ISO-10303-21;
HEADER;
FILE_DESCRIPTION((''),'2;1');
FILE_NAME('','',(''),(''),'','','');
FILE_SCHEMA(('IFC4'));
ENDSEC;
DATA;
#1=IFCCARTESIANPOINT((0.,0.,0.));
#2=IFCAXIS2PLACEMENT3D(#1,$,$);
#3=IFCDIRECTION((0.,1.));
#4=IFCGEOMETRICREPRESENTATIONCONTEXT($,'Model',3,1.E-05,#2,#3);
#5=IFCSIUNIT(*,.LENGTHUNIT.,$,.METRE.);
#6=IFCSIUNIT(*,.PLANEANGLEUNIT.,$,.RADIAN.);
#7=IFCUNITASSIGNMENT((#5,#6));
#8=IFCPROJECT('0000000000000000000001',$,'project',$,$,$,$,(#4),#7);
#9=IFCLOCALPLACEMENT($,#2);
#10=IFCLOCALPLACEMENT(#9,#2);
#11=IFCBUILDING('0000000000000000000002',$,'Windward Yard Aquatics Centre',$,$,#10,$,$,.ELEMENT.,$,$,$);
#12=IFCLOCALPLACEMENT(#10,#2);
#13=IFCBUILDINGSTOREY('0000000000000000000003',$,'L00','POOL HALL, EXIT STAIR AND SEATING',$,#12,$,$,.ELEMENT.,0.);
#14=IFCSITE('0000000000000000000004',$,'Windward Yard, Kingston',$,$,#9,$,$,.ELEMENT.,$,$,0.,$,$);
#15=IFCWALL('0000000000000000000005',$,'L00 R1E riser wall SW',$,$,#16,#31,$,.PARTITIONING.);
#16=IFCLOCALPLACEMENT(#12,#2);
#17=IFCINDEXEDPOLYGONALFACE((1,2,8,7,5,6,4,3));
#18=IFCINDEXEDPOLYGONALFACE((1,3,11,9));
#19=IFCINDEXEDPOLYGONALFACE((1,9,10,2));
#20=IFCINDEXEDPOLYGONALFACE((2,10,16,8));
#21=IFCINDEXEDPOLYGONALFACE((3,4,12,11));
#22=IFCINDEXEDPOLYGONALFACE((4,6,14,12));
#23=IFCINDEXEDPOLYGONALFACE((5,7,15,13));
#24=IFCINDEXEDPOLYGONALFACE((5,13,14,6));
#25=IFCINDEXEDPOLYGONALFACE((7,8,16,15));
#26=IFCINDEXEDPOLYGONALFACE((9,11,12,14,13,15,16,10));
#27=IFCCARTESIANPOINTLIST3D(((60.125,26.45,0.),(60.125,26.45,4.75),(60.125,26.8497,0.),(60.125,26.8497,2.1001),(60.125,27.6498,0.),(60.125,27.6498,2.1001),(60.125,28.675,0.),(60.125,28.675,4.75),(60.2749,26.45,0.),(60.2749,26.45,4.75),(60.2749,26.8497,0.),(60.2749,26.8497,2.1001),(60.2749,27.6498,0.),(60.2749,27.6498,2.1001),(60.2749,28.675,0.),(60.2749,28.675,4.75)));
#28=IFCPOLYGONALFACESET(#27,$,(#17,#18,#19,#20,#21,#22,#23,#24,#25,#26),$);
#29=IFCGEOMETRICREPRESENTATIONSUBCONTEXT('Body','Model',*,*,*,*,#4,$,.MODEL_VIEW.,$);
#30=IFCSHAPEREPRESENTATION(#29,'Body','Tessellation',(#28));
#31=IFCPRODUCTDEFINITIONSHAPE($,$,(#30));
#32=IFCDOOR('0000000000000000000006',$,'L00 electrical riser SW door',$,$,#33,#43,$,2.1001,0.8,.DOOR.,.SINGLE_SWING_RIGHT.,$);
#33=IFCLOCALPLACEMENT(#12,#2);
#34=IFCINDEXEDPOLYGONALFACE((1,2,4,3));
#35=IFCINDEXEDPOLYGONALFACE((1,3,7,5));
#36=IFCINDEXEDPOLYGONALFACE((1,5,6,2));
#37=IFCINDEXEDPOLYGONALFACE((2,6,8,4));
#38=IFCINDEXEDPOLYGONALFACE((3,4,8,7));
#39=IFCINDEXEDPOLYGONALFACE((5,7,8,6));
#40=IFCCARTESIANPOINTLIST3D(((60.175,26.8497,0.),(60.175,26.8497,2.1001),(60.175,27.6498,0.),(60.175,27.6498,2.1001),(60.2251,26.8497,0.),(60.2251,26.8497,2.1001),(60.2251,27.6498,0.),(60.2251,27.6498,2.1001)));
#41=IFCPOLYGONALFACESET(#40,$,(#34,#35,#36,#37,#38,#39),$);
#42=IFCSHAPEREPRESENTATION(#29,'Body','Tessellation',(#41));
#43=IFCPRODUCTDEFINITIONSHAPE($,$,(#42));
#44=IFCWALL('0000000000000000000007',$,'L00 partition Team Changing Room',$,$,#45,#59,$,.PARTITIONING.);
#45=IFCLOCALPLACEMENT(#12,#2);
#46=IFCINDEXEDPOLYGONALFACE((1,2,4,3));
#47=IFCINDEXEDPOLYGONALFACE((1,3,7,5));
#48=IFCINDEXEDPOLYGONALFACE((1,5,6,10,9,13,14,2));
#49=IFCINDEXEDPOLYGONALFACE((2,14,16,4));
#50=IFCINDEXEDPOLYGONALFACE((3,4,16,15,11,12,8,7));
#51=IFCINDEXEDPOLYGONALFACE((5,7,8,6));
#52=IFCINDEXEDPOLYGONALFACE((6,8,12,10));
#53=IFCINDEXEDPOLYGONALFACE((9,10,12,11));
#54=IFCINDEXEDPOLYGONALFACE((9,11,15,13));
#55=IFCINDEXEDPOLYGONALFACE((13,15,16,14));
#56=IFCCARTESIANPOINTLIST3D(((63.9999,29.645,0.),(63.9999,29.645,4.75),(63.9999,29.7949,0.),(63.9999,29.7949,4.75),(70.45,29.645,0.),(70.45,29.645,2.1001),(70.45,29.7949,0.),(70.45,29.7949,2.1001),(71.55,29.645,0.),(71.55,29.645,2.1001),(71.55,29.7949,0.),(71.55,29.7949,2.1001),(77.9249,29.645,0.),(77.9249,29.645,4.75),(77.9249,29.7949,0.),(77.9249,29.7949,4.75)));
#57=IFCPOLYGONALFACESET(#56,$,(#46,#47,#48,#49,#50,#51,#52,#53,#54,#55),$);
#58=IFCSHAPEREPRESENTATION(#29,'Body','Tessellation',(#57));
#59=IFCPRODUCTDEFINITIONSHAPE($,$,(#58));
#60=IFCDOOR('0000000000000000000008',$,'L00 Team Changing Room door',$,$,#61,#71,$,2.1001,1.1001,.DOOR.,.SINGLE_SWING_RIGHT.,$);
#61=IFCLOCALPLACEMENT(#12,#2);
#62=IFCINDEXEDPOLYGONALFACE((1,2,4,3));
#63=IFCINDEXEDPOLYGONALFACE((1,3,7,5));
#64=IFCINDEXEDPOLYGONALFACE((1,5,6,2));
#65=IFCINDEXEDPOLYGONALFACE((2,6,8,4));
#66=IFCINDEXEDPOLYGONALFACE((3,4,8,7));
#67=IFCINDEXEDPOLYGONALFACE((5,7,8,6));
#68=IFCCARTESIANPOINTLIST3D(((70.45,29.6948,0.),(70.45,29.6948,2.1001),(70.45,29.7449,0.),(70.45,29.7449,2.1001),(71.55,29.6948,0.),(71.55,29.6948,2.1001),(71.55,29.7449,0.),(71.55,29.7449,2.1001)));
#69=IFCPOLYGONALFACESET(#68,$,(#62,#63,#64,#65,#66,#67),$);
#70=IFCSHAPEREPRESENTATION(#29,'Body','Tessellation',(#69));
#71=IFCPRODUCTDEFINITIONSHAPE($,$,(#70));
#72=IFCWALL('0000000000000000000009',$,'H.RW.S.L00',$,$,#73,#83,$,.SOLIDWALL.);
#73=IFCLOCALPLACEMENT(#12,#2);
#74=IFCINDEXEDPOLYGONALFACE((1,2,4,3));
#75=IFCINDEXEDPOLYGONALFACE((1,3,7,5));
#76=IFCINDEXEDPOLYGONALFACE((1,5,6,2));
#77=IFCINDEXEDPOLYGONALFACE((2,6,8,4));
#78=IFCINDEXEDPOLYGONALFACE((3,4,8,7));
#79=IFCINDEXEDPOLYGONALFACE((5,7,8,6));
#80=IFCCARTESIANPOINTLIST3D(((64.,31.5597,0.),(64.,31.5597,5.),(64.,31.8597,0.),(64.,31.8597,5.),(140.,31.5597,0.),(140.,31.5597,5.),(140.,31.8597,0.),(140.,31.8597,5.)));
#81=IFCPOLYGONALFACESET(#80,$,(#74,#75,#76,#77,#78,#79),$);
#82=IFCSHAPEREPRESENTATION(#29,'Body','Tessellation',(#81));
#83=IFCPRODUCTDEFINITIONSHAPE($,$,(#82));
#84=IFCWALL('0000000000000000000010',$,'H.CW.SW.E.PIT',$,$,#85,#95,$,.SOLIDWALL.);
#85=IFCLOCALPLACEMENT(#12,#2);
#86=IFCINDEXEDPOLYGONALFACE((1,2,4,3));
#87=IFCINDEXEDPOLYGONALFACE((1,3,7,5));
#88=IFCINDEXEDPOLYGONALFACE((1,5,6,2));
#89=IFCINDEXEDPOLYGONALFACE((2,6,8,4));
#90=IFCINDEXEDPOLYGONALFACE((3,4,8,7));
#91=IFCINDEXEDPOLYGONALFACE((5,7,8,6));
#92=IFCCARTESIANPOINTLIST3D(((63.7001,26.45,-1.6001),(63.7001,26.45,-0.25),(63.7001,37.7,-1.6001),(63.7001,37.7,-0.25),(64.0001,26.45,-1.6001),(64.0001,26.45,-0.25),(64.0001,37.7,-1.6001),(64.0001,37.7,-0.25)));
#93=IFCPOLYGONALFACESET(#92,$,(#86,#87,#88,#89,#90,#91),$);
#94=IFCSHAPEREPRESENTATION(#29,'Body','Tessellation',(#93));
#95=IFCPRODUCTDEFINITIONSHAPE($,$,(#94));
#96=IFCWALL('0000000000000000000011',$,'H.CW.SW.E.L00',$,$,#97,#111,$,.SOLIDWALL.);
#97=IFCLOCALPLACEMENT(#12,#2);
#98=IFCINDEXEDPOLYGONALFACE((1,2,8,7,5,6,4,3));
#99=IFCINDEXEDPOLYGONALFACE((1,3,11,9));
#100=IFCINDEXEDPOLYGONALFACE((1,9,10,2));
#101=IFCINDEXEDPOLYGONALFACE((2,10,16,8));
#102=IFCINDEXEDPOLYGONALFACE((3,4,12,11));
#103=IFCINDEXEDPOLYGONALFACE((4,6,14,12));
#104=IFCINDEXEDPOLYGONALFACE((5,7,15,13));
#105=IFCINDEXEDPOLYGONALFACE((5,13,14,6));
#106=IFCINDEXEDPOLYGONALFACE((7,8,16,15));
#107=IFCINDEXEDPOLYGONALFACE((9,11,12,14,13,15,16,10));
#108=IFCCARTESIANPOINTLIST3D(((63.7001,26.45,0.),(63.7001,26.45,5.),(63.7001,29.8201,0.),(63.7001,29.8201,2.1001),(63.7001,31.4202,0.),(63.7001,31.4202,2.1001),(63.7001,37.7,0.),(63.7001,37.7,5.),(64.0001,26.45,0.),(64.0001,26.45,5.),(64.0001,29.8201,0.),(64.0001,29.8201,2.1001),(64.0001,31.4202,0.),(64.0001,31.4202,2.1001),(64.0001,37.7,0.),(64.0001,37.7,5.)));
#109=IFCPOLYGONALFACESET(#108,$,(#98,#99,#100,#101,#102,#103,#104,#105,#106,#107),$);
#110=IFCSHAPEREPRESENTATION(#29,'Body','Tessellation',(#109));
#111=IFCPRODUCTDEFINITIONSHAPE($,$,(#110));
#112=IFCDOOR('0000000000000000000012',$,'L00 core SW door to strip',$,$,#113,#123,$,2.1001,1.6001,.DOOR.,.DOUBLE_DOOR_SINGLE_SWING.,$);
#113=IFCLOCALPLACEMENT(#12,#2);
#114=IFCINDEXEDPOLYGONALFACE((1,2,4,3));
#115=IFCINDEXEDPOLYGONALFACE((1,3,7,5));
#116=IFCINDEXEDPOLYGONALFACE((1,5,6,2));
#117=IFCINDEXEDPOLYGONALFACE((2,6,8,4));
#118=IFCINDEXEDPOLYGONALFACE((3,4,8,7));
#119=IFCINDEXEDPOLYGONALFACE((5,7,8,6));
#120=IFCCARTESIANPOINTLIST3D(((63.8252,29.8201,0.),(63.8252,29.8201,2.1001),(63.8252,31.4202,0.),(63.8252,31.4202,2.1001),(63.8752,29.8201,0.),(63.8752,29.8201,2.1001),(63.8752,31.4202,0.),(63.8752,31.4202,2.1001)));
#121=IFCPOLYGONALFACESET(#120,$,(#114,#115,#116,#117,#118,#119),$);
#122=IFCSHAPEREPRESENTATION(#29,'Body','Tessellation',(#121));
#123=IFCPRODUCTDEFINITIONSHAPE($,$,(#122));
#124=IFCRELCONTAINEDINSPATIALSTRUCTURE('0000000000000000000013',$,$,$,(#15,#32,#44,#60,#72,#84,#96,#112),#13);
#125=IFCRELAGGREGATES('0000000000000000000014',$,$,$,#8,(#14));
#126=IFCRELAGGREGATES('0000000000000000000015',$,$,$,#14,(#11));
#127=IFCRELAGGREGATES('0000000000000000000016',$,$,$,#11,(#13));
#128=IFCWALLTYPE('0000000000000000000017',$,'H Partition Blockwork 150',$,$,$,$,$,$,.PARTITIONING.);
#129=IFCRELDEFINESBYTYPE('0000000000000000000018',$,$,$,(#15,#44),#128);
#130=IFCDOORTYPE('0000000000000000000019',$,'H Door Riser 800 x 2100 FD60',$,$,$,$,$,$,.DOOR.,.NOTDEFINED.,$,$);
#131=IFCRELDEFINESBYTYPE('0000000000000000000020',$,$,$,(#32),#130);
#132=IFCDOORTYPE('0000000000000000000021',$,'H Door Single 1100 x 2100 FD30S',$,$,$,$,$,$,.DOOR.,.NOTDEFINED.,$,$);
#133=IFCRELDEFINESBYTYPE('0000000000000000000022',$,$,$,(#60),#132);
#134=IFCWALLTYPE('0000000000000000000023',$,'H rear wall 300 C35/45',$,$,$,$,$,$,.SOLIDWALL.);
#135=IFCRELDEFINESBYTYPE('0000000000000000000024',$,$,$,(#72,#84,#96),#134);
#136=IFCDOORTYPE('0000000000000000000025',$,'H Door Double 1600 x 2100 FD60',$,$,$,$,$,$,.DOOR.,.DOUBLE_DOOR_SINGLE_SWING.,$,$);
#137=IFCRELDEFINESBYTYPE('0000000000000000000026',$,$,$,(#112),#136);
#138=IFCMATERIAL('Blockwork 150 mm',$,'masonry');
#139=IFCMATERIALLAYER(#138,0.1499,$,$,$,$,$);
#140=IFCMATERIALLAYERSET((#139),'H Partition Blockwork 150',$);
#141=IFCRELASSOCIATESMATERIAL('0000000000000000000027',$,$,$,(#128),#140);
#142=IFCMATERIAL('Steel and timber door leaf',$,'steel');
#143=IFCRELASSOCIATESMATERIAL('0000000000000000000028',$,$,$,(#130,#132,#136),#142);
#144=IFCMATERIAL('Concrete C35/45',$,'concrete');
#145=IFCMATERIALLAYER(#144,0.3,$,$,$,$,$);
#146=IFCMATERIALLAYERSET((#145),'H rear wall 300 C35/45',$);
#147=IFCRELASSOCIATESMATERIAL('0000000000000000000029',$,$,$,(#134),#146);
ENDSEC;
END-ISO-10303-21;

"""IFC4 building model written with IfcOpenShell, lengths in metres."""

from ifc_helpers import new_model, si_unit, direction, frame, frame_2d, origin, place, context, subcontext, project, spatial, rectangle, extrude, material, layer, layer_set, type_object, element, fill, save


model = new_model("IFC4")

# Units and contexts
model_context = context("Model", 3, precision=1e-05, world=origin(), true_north=direction((0.0, 1.0)))
body_context = subcontext(model_context, "Body", "Model", "MODEL_VIEW")
ifc_project = project(units=[si_unit("LENGTHUNIT", "METRE"), si_unit("PLANEANGLEUNIT", "RADIAN")], contexts=[model_context])

# Site, building, storey
site_placement = place(None, origin())
site = spatial("IfcSite", under=ifc_project, at=site_placement, Name="Windward Yard, Kingston", CompositionType="ELEMENT", RefElevation=0.0)
building_placement = place(site_placement, origin())
building = spatial("IfcBuilding", under=site, at=building_placement, Name="Windward Yard Aquatics Centre", CompositionType="ELEMENT")
storey_placement = place(building_placement, origin())
storey = spatial("IfcBuildingStorey", under=building, at=storey_placement, Name="L00", Description="POOL HALL, EXIT STAIR AND SEATING", CompositionType="ELEMENT", Elevation=0.0)

# Shared definitions
ifc_material_1 = material(Name="Concrete C35/45", Category="concrete")

# Shared definitions
ifc_material_2 = material(Name="Blockwork 150 mm", Category="masonry")
ifc_layer_1 = layer(ifc_material_2, 0.1499)
ifc_layer_set_1 = layer_set([ifc_layer_1], Name="H Partition Blockwork 150")
wall_type_1 = type_object("IfcWallType", Name="H Partition Blockwork 150", PredefinedType="PARTITIONING", material=ifc_layer_set_1)

# Walls, openings, doors
wall_1_placement = place(storey_placement, frame((60.2, 26.45, 0.0), z_axis=(0.0, 0.0, 1.0), x_axis=(0.0, 1.0, 0.0)))
wall_1 = element("IfcWall", 1, at=wall_1_placement, inside=storey, type_object=wall_type_1, Name="L00 R1E riser wall SW", PredefinedType="PARTITIONING", context=body_context, shape_type="SweptSolid", body=[
    extrude(rectangle(XDim=2.2251, YDim=0.1499, at=frame_2d((1.1125, 0.0))), origin(), (0.0, 0.0, 1.0), 4.75),
])
opening_1_placement = place(wall_1_placement, frame((0.3999, 0.0, 0.0)))
opening_1 = element("IfcOpeningElement", 2, at=opening_1_placement, cuts=wall_1, PredefinedType="OPENING", context=body_context, shape_type="SweptSolid", body=[
    extrude(rectangle(XDim=0.8, YDim=2.1001, at=frame_2d((0.3999, 1.05))), frame((0.0, 0.085, 0.0), z_axis=(0.0, -1.0, 0.0), x_axis=(1.0, 0.0, 0.0)), (0.0, 0.0, 1.0), 0.1699),
])
ifc_material_3 = material(Name="Steel and timber door leaf", Category="steel")
door_type_1 = type_object("IfcDoorType", Name="H Door Riser 800 x 2100 FD60", OperationType="NOTDEFINED", PredefinedType="DOOR", material=ifc_material_3)
door_1_placement = place(opening_1_placement, origin())
door_1 = element("IfcDoor", 3, at=door_1_placement, inside=storey, type_object=door_type_1, Name="L00 electrical riser SW door", OperationType="SINGLE_SWING_RIGHT", OverallHeight=2.1001, OverallWidth=0.8, PredefinedType="DOOR", context=body_context, shape_type="SweptSolid", body=[
    extrude(rectangle(XDim=0.8, YDim=2.1001, at=frame_2d((0.3999, 1.05))), frame((0.0, 0.0249, 0.0), z_axis=(0.0, -1.0, 0.0), x_axis=(1.0, 0.0, 0.0)), (0.0, 0.0, 1.0), 0.05),
])
fill(opening_1, door_1)
wall_2_placement = place(storey_placement, frame((64.0, 29.72, 0.0), z_axis=(0.0, 0.0, 1.0), x_axis=(1.0, 0.0, 0.0)))
wall_2 = element("IfcWall", 4, at=wall_2_placement, inside=storey, type_object=wall_type_1, Name="L00 partition Team Changing Room", PredefinedType="PARTITIONING", context=body_context, shape_type="SweptSolid", body=[
    extrude(rectangle(XDim=13.925, YDim=0.1499, at=frame_2d((6.9624, 0.0))), origin(), (0.0, 0.0, 1.0), 4.75),
])
opening_2_placement = place(wall_2_placement, frame((6.45, 0.0, 0.0)))
opening_2 = element("IfcOpeningElement", 5, at=opening_2_placement, cuts=wall_2, PredefinedType="OPENING", context=body_context, shape_type="SweptSolid", body=[
    extrude(rectangle(XDim=1.1001, YDim=2.1001, at=frame_2d((0.55, 1.05))), frame((0.0, 0.085, 0.0), z_axis=(0.0, -1.0, 0.0), x_axis=(1.0, 0.0, 0.0)), (0.0, 0.0, 1.0), 0.1699),
])
door_type_2 = type_object("IfcDoorType", Name="H Door Single 1100 x 2100 FD30S", OperationType="NOTDEFINED", PredefinedType="DOOR", material=ifc_material_3)
door_2_placement = place(opening_2_placement, origin())
door_2 = element("IfcDoor", 6, at=door_2_placement, inside=storey, type_object=door_type_2, Name="L00 Team Changing Room door", OperationType="SINGLE_SWING_RIGHT", OverallHeight=2.1001, OverallWidth=1.1001, PredefinedType="DOOR", context=body_context, shape_type="SweptSolid", body=[
    extrude(rectangle(XDim=1.1001, YDim=2.1001, at=frame_2d((0.55, 1.05))), frame((0.0, 0.0249, 0.0), z_axis=(0.0, -1.0, 0.0), x_axis=(1.0, 0.0, 0.0)), (0.0, 0.0, 1.0), 0.05),
])
fill(opening_2, door_2)

# Walls
ifc_layer_2 = layer(ifc_material_1, 0.3)
ifc_layer_set_2 = layer_set([ifc_layer_2], Name="H rear wall 300 C35/45")
wall_type_2 = type_object("IfcWallType", Name="H rear wall 300 C35/45", PredefinedType="SOLIDWALL", material=ifc_layer_set_2)
wall_3_placement = place(storey_placement, frame((64.0, 31.7097, 0.0), z_axis=(0.0, 0.0, 1.0), x_axis=(1.0, 0.0, 0.0)))
element("IfcWall", 7, at=wall_3_placement, inside=storey, type_object=wall_type_2, Name="H.RW.S.L00", PredefinedType="SOLIDWALL", context=body_context, shape_type="SweptSolid", body=[
    extrude(rectangle(XDim=76.0, YDim=0.3, at=frame_2d((38.0, 0.0))), origin(), (0.0, 0.0, 1.0), 5.0),
])
wall_4_placement = place(storey_placement, frame((63.8501, 26.45, -1.6001), z_axis=(0.0, 0.0, 1.0), x_axis=(0.0, 1.0, 0.0)))
element("IfcWall", 8, at=wall_4_placement, inside=storey, type_object=wall_type_2, Name="H.CW.SW.E.PIT", PredefinedType="SOLIDWALL", context=body_context, shape_type="SweptSolid", body=[
    extrude(rectangle(XDim=11.25, YDim=0.3, at=frame_2d((5.625, 0.0))), origin(), (0.0, 0.0, 1.0), 1.3501),
])

# Wall, opening, door
wall_5_placement = place(storey_placement, frame((63.8501, 26.45, 0.0), z_axis=(0.0, 0.0, 1.0), x_axis=(0.0, 1.0, 0.0)))
wall_5 = element("IfcWall", 9, at=wall_5_placement, inside=storey, type_object=wall_type_2, Name="H.CW.SW.E.L00", PredefinedType="SOLIDWALL", context=body_context, shape_type="SweptSolid", body=[
    extrude(rectangle(XDim=11.25, YDim=0.3, at=frame_2d((5.625, 0.0))), origin(), (0.0, 0.0, 1.0), 5.0),
])
opening_3_placement = place(wall_5_placement, frame((3.3701, 0.0, 0.0)))
opening_3 = element("IfcOpeningElement", 10, at=opening_3_placement, cuts=wall_5, PredefinedType="OPENING", context=body_context, shape_type="SweptSolid", body=[
    extrude(rectangle(XDim=1.6001, YDim=2.1001, at=frame_2d((0.8, 1.05))), frame((0.0, 0.1602, 0.0), z_axis=(0.0, -1.0, 0.0), x_axis=(1.0, 0.0, 0.0)), (0.0, 0.0, 1.0), 0.3201),
])
door_type_3 = type_object("IfcDoorType", Name="H Door Double 1600 x 2100 FD60", OperationType="DOUBLE_DOOR_SINGLE_SWING", PredefinedType="DOOR", material=ifc_material_3)
door_3_placement = place(opening_3_placement, origin())
door_3 = element("IfcDoor", 11, at=door_3_placement, inside=storey, type_object=door_type_3, Name="L00 core SW door to strip", OperationType="DOUBLE_DOOR_SINGLE_SWING", OverallHeight=2.1001, OverallWidth=1.6001, PredefinedType="DOOR", context=body_context, shape_type="SweptSolid", body=[
    extrude(rectangle(XDim=1.6001, YDim=2.1001, at=frame_2d((0.8, 1.05))), frame((0.0, 0.0249, 0.0), z_axis=(0.0, -1.0, 0.0), x_axis=(1.0, 0.0, 0.0)), (0.0, 0.0, 1.0), 0.05),
])
fill(opening_3, door_3)

save(model, "model.ifc")
